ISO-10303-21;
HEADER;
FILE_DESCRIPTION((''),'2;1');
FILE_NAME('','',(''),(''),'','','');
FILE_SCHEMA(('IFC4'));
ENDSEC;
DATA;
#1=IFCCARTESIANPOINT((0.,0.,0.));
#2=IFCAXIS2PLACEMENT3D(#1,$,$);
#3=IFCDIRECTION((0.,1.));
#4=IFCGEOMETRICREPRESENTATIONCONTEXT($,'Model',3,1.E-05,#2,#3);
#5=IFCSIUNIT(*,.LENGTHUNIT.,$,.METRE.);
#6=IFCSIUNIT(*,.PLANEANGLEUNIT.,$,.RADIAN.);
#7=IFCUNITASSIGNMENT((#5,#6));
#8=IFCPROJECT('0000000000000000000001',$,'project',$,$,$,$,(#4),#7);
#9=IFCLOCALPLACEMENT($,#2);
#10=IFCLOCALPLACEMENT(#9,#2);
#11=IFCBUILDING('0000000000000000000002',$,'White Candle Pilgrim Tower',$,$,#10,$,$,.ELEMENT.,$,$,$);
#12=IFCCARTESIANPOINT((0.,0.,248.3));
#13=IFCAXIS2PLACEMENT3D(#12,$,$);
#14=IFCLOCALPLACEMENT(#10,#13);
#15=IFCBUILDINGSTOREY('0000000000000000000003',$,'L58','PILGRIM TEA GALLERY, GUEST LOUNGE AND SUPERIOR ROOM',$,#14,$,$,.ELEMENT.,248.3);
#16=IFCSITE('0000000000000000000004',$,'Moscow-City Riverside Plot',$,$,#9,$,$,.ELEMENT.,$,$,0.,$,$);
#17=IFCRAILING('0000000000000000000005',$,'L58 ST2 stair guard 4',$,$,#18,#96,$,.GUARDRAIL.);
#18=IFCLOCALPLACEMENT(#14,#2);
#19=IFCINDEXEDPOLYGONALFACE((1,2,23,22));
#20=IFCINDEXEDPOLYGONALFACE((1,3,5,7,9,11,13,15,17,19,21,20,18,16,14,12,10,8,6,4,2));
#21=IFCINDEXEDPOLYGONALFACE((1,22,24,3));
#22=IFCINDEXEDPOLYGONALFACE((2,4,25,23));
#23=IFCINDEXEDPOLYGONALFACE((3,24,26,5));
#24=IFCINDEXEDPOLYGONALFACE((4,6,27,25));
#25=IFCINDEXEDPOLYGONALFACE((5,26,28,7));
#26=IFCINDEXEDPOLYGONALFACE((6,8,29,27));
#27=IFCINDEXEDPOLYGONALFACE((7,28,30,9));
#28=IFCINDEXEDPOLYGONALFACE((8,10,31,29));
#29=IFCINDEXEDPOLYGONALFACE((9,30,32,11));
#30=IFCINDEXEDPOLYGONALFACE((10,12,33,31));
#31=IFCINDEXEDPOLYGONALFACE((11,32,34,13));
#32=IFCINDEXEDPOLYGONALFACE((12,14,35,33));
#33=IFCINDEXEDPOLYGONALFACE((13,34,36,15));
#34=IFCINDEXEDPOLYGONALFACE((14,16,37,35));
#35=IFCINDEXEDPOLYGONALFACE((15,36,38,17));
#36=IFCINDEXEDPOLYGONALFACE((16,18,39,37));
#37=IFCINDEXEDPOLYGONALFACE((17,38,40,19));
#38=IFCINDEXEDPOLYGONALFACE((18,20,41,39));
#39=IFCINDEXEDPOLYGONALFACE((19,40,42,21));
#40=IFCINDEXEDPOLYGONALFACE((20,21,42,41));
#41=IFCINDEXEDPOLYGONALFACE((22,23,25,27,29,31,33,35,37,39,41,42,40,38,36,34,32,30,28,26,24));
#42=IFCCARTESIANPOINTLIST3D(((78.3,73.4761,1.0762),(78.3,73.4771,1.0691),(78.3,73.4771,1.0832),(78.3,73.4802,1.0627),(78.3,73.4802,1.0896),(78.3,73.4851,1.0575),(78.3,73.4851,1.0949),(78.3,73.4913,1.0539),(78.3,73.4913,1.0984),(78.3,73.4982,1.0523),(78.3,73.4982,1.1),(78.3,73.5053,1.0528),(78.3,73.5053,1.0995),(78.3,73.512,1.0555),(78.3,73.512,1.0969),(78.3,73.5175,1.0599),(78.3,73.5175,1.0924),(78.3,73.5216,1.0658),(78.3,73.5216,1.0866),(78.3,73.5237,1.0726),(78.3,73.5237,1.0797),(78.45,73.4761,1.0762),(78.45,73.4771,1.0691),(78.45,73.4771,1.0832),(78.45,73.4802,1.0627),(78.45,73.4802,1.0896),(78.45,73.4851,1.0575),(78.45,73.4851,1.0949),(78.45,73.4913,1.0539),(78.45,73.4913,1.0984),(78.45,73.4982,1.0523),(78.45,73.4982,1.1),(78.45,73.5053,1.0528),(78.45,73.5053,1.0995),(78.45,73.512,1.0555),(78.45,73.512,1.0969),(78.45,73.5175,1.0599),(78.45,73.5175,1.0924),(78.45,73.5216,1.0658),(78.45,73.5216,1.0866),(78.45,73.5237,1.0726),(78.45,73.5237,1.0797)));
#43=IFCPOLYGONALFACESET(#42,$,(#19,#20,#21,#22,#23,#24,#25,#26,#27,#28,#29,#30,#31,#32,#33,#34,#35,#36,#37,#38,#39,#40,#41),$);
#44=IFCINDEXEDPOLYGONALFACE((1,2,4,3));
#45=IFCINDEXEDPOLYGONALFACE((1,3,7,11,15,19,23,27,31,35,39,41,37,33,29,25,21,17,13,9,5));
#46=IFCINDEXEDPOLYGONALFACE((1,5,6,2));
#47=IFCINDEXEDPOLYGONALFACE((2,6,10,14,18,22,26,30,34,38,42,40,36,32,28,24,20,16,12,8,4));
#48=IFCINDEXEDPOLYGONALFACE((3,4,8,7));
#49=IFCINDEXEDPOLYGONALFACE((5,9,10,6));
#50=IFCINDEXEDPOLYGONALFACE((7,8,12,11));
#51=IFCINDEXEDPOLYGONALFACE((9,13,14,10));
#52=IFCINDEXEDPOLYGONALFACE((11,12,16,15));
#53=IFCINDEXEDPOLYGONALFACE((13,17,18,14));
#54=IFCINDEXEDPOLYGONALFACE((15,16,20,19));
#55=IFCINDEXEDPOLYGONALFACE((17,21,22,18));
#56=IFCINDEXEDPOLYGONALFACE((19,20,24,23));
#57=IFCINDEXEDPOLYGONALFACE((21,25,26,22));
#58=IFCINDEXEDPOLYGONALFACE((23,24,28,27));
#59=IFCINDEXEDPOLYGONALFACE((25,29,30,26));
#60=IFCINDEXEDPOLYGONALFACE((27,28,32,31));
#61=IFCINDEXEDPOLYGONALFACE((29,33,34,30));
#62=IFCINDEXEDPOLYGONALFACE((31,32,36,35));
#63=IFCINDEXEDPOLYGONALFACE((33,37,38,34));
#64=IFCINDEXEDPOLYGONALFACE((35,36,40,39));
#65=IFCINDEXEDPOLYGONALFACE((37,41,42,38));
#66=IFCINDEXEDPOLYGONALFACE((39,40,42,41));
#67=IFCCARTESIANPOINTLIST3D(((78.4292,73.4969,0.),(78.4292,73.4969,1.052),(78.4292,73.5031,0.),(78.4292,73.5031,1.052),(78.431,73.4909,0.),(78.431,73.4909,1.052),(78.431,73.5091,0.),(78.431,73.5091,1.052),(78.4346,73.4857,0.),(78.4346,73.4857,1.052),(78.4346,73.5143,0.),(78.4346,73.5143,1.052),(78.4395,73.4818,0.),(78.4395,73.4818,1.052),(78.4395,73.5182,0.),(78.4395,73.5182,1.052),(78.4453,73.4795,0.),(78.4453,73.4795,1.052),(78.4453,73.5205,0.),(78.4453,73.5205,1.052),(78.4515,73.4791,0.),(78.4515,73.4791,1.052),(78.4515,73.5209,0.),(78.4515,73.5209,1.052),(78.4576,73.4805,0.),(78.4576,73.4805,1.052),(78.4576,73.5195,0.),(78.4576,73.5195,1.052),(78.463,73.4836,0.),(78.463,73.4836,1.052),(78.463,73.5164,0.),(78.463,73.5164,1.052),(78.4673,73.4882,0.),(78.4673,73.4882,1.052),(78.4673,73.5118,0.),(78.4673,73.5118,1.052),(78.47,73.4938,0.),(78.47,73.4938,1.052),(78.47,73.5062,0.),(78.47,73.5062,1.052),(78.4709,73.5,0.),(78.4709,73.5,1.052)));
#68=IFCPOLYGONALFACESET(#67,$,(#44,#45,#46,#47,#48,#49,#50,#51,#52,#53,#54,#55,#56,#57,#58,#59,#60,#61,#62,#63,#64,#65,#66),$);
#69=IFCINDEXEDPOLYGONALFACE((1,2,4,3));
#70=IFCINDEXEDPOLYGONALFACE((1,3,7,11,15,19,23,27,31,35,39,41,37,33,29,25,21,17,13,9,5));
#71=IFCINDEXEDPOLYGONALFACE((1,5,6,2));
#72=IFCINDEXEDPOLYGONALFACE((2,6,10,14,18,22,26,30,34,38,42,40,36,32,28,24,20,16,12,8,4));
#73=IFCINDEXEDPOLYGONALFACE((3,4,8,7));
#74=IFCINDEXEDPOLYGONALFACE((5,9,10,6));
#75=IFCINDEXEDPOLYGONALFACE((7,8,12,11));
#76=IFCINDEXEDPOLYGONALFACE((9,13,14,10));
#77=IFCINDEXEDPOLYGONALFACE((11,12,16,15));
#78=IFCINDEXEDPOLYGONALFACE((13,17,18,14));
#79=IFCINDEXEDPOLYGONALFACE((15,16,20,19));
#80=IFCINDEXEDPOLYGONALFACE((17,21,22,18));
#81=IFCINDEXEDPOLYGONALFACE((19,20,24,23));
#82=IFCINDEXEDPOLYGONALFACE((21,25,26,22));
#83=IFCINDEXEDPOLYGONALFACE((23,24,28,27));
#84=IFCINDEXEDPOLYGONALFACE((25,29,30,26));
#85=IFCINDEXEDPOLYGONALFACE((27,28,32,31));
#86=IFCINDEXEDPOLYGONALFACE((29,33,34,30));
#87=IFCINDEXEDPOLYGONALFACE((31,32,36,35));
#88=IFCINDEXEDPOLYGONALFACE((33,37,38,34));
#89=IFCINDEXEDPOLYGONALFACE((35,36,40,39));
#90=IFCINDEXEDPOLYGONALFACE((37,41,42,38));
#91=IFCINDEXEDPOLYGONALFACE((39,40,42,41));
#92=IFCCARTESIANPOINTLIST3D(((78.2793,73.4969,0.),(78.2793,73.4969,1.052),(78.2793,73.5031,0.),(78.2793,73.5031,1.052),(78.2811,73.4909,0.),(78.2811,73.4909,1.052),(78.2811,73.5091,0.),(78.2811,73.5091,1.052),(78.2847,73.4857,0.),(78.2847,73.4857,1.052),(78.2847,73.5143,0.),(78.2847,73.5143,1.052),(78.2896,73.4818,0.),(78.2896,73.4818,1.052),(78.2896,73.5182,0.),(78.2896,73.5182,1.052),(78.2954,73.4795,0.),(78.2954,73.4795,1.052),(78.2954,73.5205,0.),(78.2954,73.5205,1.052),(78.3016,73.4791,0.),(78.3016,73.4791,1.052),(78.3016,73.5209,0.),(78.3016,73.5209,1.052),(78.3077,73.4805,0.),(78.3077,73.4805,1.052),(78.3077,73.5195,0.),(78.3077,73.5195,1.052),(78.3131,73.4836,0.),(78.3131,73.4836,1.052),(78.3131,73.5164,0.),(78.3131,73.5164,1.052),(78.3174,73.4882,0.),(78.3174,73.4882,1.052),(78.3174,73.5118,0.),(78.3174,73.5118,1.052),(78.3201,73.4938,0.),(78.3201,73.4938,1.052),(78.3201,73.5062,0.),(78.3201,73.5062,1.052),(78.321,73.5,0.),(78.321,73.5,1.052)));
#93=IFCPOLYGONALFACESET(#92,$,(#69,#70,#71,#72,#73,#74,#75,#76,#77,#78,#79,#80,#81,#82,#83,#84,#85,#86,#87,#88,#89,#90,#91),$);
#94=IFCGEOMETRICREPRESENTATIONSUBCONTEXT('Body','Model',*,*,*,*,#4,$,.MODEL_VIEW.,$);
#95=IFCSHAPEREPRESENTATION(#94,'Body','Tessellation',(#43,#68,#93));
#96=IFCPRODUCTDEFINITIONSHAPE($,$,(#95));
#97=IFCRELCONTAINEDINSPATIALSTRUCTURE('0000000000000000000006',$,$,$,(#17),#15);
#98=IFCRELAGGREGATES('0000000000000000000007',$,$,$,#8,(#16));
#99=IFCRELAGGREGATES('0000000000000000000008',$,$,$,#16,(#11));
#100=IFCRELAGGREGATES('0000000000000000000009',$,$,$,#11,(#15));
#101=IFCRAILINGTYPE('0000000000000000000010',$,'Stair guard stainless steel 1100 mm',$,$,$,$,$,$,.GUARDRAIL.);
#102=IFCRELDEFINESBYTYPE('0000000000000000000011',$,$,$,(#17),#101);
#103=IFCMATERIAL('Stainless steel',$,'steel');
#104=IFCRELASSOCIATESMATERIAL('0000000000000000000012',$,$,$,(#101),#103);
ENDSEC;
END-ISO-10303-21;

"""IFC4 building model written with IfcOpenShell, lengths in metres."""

from ifc_helpers import new_model, si_unit, direction, frame, origin, origin_2d, place, context, subcontext, project, spatial, circle, extrude, material, type_object, element, save


model = new_model("IFC4")

# Units and contexts
model_context = context("Model", 3, precision=1e-05, world=origin(), true_north=direction((0.0, 1.0)))
body_context = subcontext(model_context, "Body", "Model", "MODEL_VIEW")
ifc_project = project(units=[si_unit("LENGTHUNIT", "METRE"), si_unit("PLANEANGLEUNIT", "RADIAN")], contexts=[model_context])

# Site, building, storey
site_placement = place(None, origin())
site = spatial("IfcSite", under=ifc_project, at=site_placement, Name="Moscow-City Riverside Plot", CompositionType="ELEMENT", RefElevation=0.0)
building_placement = place(site_placement, origin())
building = spatial("IfcBuilding", under=site, at=building_placement, Name="White Candle Pilgrim Tower", CompositionType="ELEMENT")
storey_placement = place(building_placement, frame((0.0, 0.0, 248.3)))
storey = spatial("IfcBuildingStorey", under=building, at=storey_placement, Name="L58", Description="PILGRIM TEA GALLERY, GUEST LOUNGE AND SUPERIOR ROOM", CompositionType="ELEMENT", Elevation=248.3)

# Railing
ifc_material_1 = material(Name="Stainless steel", Category="steel")
railing_type_1 = type_object("IfcRailingType", Name="Stair guard stainless steel 1100 mm", PredefinedType="GUARDRAIL", material=ifc_material_1)
railing_1_placement = place(storey_placement, frame((78.45, 73.5, 0.0)))
element("IfcRailing", 1, at=railing_1_placement, inside=storey, type_object=railing_type_1, Name="L58 ST2 stair guard 4", PredefinedType="GUARDRAIL", context=body_context, shape_type="SweptSolid", body=[
    extrude(circle(Radius=0.0239, at=origin_2d()), frame((0.0, 0.0, 1.0762), z_axis=(-1.0, 0.0, 0.0), x_axis=(0.0, -1.0, 0.0)), (0.0, 0.0, 1.0), 0.1499),
    extrude(circle(Radius=0.021, at=origin_2d()), origin(), (0.0, 0.0, 1.0), 1.052),
    extrude(circle(Radius=0.021, at=origin_2d()), frame((-0.1499, 0.0, 0.0)), (0.0, 0.0, 1.0), 1.052),
])

save(model, "model.ifc")
